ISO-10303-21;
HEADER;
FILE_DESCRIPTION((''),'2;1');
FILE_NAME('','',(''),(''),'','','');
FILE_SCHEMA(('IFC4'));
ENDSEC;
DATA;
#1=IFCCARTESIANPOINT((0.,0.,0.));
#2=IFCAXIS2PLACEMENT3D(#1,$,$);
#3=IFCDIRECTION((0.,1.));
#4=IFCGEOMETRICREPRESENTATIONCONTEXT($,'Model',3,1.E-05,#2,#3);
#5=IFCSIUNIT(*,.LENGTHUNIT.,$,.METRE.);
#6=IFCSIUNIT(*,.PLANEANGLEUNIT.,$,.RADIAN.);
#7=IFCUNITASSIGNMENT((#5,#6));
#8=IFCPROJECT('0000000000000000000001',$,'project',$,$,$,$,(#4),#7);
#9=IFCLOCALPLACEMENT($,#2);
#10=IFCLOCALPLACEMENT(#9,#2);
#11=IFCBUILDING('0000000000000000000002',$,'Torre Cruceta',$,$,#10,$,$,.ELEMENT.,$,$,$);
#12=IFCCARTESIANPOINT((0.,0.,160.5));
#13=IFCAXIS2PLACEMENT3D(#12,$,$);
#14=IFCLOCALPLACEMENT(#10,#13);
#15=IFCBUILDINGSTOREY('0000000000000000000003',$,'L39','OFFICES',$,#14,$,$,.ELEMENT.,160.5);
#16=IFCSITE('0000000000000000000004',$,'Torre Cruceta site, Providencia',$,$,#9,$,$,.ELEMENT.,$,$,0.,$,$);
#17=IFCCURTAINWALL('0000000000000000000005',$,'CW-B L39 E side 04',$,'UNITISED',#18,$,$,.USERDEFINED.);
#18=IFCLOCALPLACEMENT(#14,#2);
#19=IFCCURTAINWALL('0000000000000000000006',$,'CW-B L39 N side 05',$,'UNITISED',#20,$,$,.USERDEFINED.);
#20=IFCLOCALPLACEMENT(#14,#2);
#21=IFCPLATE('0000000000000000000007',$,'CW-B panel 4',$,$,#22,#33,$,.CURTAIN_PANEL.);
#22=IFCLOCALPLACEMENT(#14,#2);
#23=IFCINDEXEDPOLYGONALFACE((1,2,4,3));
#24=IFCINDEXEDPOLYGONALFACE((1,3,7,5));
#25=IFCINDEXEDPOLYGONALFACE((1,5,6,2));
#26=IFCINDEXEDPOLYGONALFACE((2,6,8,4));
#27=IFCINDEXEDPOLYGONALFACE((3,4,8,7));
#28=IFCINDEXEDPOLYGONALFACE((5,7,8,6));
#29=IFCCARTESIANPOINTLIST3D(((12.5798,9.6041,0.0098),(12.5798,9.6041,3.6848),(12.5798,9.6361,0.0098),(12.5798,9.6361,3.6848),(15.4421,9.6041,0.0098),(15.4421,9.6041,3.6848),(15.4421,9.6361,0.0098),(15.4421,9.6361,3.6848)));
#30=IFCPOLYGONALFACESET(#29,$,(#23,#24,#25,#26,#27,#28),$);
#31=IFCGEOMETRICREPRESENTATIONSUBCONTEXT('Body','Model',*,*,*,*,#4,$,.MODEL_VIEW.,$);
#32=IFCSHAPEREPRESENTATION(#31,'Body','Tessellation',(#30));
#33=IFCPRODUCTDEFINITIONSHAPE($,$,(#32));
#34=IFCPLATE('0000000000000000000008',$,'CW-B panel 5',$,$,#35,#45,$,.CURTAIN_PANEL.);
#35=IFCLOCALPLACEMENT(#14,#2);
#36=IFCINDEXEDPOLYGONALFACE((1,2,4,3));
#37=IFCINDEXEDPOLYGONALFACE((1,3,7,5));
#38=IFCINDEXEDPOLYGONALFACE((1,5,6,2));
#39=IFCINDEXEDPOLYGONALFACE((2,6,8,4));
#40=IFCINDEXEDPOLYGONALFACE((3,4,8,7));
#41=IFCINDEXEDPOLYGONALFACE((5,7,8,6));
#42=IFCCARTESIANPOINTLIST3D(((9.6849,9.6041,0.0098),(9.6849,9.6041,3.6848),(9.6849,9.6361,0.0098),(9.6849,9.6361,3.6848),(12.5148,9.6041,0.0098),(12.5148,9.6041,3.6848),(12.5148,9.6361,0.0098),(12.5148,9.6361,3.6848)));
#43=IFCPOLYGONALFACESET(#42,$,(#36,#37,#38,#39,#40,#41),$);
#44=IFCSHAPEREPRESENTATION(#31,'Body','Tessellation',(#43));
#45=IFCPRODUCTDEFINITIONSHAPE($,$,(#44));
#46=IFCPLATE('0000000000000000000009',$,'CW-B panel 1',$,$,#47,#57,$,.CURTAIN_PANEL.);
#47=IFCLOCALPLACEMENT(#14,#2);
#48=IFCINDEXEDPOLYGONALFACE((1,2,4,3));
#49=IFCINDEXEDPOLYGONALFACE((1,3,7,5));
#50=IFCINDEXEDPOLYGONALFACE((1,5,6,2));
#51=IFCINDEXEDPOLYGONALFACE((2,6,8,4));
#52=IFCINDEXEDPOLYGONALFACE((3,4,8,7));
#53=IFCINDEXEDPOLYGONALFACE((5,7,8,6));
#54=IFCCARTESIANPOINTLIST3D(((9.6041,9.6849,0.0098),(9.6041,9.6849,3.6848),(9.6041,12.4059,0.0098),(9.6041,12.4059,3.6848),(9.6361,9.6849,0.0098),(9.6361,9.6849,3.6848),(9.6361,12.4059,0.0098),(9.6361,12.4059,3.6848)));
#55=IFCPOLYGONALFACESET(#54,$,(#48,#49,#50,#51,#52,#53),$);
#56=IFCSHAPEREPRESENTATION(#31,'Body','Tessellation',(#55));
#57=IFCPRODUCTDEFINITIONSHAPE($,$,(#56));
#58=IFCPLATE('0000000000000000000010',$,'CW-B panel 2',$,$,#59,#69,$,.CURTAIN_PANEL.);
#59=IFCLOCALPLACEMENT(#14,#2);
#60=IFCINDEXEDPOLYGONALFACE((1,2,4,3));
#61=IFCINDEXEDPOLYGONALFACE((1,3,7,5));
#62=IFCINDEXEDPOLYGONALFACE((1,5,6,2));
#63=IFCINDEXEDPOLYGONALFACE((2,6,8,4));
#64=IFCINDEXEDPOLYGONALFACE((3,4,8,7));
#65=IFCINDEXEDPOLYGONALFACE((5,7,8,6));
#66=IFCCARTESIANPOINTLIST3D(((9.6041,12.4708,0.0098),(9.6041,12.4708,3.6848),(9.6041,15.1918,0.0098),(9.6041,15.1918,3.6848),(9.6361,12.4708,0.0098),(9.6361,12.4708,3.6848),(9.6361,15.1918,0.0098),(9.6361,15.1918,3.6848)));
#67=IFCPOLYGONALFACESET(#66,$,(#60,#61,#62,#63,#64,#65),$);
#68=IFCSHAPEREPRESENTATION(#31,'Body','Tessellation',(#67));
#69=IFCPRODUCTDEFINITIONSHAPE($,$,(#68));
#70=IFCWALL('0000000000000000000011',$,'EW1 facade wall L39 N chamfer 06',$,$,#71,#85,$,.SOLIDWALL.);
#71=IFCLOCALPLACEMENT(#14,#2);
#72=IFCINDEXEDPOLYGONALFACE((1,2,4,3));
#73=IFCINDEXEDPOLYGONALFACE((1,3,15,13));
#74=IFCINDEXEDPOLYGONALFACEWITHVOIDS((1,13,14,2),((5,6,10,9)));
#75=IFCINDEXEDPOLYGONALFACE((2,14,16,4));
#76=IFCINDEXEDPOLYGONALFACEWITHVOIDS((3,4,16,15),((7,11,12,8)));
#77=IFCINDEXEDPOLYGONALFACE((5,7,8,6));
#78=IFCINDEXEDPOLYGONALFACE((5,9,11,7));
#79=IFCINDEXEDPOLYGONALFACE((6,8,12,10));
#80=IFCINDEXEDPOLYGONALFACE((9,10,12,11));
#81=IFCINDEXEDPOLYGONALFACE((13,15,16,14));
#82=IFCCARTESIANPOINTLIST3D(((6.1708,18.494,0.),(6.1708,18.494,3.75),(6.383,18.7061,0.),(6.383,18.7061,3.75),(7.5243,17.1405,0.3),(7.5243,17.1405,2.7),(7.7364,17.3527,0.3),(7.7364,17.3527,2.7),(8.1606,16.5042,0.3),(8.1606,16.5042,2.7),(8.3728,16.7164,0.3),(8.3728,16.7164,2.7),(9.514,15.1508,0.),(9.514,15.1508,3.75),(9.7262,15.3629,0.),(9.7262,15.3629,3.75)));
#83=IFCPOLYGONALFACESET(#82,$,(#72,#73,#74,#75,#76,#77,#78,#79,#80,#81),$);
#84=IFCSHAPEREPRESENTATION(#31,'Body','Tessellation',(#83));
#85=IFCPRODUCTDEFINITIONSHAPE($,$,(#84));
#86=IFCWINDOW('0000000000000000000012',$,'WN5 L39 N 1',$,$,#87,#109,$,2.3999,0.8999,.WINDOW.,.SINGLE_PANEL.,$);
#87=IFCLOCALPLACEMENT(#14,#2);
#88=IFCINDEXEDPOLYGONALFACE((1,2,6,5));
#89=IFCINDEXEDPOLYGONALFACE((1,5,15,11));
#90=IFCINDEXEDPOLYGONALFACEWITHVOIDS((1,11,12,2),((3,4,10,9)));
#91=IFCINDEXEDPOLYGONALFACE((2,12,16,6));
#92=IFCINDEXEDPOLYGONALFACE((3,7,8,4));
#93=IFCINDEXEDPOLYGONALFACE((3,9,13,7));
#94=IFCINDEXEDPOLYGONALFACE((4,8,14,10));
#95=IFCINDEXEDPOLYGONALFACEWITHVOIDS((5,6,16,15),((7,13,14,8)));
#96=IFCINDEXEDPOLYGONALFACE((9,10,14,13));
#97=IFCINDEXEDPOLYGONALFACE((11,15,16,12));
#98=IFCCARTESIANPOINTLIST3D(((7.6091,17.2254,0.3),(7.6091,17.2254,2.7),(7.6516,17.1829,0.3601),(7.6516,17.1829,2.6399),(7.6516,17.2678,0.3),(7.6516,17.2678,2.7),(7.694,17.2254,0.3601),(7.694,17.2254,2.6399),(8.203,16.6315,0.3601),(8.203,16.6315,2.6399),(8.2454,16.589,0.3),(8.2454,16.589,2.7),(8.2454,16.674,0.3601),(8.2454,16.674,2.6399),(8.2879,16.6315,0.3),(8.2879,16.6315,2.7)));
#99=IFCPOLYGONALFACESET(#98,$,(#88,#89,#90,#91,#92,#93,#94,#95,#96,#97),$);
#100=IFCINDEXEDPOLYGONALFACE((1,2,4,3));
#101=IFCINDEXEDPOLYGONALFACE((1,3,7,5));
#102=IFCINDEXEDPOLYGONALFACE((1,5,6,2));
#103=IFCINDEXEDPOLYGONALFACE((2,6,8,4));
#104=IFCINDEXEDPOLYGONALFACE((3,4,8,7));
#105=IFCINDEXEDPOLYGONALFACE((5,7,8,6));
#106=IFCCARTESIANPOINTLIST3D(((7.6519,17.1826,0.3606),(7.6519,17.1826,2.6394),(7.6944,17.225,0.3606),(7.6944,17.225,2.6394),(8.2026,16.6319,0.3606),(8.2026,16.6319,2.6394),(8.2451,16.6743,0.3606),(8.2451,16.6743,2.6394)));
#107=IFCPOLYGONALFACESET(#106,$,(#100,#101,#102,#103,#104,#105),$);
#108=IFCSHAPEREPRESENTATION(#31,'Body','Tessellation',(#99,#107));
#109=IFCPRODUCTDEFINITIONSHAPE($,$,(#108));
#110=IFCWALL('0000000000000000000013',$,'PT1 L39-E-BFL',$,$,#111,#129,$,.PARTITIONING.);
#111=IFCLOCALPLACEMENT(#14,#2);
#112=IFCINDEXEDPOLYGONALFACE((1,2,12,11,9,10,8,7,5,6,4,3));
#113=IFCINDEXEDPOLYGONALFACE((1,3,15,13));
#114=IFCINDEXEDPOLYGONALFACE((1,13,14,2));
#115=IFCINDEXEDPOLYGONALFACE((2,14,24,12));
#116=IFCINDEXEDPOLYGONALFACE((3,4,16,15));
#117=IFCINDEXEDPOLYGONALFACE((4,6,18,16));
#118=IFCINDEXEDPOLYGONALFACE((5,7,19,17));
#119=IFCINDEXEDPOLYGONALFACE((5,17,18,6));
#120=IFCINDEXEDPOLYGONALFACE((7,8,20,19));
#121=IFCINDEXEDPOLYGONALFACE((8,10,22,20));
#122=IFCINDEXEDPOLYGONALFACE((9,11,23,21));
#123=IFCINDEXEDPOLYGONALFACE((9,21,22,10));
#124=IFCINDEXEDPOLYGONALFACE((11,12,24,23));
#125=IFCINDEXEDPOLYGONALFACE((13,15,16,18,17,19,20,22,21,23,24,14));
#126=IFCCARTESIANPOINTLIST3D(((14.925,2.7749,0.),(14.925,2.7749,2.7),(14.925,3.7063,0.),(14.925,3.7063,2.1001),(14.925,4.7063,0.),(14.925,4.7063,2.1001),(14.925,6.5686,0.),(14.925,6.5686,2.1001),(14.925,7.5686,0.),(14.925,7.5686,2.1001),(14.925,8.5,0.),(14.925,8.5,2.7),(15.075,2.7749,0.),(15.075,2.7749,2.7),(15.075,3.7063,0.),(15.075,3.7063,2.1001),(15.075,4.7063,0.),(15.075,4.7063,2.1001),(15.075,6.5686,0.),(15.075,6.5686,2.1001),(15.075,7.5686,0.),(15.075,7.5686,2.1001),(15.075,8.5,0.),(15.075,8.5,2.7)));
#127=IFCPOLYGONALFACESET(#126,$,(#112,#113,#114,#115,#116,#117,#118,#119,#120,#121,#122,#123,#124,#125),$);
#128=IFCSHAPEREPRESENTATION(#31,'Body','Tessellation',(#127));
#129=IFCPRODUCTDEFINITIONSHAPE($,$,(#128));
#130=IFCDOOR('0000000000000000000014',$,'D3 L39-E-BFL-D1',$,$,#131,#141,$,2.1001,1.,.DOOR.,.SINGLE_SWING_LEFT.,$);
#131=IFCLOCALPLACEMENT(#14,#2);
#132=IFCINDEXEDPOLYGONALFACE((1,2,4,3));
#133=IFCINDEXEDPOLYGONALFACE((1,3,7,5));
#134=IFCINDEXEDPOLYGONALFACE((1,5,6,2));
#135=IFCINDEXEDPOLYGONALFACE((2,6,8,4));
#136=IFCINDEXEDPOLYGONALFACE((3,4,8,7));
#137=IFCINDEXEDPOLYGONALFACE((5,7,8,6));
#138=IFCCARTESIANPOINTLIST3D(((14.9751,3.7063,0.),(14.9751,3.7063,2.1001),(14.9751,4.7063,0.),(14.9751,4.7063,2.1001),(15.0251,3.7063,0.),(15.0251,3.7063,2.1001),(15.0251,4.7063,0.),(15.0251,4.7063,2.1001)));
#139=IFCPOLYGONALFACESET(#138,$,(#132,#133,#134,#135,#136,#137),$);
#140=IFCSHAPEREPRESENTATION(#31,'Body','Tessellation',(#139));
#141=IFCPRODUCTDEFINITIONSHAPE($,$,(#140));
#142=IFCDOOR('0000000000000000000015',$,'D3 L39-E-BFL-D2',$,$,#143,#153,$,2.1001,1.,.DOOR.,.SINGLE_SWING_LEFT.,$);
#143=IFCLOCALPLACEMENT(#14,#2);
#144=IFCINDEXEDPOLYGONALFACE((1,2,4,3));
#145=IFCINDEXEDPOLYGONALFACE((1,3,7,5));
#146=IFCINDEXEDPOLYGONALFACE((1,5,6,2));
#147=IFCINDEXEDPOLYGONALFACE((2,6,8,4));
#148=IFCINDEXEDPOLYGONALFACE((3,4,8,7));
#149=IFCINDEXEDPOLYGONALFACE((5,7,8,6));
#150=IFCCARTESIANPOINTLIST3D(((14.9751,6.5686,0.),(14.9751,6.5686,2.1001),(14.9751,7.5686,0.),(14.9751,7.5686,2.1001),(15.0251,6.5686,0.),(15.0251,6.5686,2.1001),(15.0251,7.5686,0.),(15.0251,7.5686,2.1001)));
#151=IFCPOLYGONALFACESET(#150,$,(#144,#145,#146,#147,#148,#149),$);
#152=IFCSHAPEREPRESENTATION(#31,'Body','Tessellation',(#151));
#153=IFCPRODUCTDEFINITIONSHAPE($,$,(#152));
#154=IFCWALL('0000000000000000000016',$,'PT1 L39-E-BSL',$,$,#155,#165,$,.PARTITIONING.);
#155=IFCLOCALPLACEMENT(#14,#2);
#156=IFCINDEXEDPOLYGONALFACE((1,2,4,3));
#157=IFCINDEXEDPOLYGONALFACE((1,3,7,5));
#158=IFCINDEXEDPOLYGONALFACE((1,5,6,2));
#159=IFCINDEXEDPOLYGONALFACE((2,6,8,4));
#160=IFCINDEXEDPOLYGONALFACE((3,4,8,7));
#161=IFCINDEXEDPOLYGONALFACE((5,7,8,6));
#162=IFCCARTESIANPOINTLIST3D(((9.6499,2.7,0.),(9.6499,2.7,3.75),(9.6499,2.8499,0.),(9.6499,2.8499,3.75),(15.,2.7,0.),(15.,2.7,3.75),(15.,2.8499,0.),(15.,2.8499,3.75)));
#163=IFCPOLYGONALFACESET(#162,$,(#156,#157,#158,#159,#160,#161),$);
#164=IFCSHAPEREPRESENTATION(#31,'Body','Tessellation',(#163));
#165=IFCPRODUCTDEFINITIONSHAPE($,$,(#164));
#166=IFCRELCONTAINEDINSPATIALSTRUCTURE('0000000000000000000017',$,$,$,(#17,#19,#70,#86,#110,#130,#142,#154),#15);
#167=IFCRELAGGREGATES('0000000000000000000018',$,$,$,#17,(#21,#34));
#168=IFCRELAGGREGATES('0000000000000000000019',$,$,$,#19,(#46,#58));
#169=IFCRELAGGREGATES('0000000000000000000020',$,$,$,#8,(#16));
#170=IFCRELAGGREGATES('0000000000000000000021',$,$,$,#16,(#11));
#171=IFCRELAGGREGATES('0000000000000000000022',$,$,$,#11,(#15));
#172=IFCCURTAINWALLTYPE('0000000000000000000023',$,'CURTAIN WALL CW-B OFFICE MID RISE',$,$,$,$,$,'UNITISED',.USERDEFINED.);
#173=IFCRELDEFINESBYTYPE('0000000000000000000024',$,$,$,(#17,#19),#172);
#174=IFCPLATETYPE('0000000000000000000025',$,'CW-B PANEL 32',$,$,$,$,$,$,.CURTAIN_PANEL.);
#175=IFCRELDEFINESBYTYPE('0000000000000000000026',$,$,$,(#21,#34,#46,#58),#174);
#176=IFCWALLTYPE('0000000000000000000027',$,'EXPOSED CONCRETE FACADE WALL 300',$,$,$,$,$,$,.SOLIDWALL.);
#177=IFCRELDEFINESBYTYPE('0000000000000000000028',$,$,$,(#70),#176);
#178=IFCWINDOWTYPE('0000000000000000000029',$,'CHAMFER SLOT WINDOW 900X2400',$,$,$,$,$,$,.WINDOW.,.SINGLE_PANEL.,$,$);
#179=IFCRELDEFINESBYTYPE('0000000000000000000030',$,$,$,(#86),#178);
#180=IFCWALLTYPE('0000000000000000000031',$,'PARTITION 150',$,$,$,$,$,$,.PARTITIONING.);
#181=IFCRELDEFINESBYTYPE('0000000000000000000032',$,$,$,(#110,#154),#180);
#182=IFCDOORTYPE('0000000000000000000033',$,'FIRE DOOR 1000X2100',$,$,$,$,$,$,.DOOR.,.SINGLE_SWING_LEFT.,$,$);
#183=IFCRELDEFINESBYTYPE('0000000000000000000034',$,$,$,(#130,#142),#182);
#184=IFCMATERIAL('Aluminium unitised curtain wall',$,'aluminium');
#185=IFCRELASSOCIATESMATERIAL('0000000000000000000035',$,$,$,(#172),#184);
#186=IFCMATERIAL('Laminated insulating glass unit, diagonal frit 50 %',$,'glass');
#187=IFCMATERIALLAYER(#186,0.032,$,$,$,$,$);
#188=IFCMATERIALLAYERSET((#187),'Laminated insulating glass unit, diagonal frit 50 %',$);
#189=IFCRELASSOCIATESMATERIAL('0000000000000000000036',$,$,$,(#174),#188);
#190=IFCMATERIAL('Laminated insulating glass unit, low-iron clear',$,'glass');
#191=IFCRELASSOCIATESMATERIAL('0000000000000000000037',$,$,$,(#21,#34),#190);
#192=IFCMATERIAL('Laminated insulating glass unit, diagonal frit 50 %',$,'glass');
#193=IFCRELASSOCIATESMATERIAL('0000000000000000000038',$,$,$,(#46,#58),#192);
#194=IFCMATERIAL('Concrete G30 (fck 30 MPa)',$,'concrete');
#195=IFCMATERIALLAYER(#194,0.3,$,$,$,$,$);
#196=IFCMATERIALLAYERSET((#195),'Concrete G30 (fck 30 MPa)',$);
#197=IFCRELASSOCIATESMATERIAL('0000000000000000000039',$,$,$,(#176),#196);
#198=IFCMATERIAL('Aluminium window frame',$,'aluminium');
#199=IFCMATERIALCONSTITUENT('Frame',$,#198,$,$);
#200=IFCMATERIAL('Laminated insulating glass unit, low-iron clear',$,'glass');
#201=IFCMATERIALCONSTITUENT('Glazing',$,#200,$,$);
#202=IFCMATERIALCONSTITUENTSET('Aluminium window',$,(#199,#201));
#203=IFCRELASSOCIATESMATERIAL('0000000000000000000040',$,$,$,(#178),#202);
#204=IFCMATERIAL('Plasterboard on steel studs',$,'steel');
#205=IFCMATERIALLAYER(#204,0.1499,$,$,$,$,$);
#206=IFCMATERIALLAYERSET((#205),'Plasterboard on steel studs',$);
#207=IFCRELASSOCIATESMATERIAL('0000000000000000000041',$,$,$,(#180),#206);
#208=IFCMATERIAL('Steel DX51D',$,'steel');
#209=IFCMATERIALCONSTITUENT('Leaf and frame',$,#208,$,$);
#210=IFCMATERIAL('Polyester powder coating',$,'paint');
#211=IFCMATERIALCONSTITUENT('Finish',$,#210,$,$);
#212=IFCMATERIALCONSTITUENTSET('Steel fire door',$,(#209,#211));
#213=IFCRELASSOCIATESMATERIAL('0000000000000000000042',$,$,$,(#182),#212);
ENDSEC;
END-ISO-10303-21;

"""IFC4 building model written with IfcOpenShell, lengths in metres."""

from ifc_helpers import new_model, si_unit, direction, frame, frame_2d, origin, origin_2d, place, context, subcontext, project, spatial, rectangle, hollow_rectangle, extrude, material, layer, layer_set, constituent, constituent_set, type_object, element, fill, aggregate, save


model = new_model("IFC4")

# Units and contexts
model_context = context("Model", 3, precision=1e-05, world=origin(), true_north=direction((0.0, 1.0)))
body_context = subcontext(model_context, "Body", "Model", "MODEL_VIEW")
ifc_project = project(units=[si_unit("LENGTHUNIT", "METRE"), si_unit("PLANEANGLEUNIT", "RADIAN")], contexts=[model_context])

# Site, building, storey
site_placement = place(None, origin())
site = spatial("IfcSite", under=ifc_project, at=site_placement, Name="Torre Cruceta site, Providencia", CompositionType="ELEMENT", RefElevation=0.0)
building_placement = place(site_placement, origin())
building = spatial("IfcBuilding", under=site, at=building_placement, Name="Torre Cruceta", CompositionType="ELEMENT")
storey_placement = place(building_placement, frame((0.0, 0.0, 160.5)))
storey = spatial("IfcBuildingStorey", under=building, at=storey_placement, Name="L39", Description="OFFICES", CompositionType="ELEMENT", Elevation=160.5)

# Curtain walls
ifc_material_1 = material(Name="Aluminium unitised curtain wall", Category="aluminium")
curtain_wall_type = type_object("IfcCurtainWallType", Name="CURTAIN WALL CW-B OFFICE MID RISE", ElementType="UNITISED", PredefinedType="USERDEFINED", material=ifc_material_1)
curtain_wall_1_placement = place(storey_placement, origin())
curtain_wall_1 = element("IfcCurtainWall", 1, at=curtain_wall_1_placement, inside=storey, type_object=curtain_wall_type, Name="CW-B L39 E side 04", ObjectType="UNITISED", PredefinedType="USERDEFINED")
curtain_wall_2_placement = place(storey_placement, origin())
curtain_wall_2 = element("IfcCurtainWall", 2, at=curtain_wall_2_placement, inside=storey, type_object=curtain_wall_type, Name="CW-B L39 N side 05", ObjectType="UNITISED", PredefinedType="USERDEFINED")

# Plates
ifc_material_2 = material(Name="Laminated insulating glass unit, diagonal frit 50 %", Category="glass")
ifc_material_3 = material(Name="Laminated insulating glass unit, low-iron clear", Category="glass")
ifc_material_4 = material(Name="Laminated insulating glass unit, diagonal frit 50 %", Category="glass")
ifc_layer_1 = layer(ifc_material_4, 0.032)
ifc_layer_set_1 = layer_set([ifc_layer_1], Name="Laminated insulating glass unit, diagonal frit 50 %")
plate_type_1 = type_object("IfcPlateType", Name="CW-B PANEL 32", PredefinedType="CURTAIN_PANEL", material=ifc_layer_set_1)
plate_1_placement = place(storey_placement, frame((14.011, 9.6201, 0.0098), z_axis=(0.0, 0.0, 1.0), x_axis=(-1.0, 0.0, 0.0)))
plate_1 = element("IfcPlate", 3, at=plate_1_placement, type_object=plate_type_1, material=ifc_material_3, Name="CW-B panel 4", PredefinedType="CURTAIN_PANEL", context=body_context, shape_type="SweptSolid", body=[
    extrude(rectangle(XDim=2.8623, YDim=0.032, at=origin_2d()), origin(), (0.0, 0.0, 1.0), 3.675),
])
plate_2_placement = place(storey_placement, frame((11.0999, 9.6201, 0.0098), z_axis=(0.0, 0.0, 1.0), x_axis=(-1.0, 0.0, 0.0)))
plate_2 = element("IfcPlate", 4, at=plate_2_placement, type_object=plate_type_1, material=ifc_material_3, Name="CW-B panel 5", PredefinedType="CURTAIN_PANEL", context=body_context, shape_type="SweptSolid", body=[
    extrude(rectangle(XDim=2.8298, YDim=0.032, at=origin_2d()), origin(), (0.0, 0.0, 1.0), 3.675),
])
aggregate(curtain_wall_1, [plate_1, plate_2])
plate_3_placement = place(storey_placement, frame((9.6201, 11.0454, 0.0098), z_axis=(0.0, 0.0, 1.0), x_axis=(0.0, 1.0, 0.0)))
plate_3 = element("IfcPlate", 5, at=plate_3_placement, type_object=plate_type_1, material=ifc_material_2, Name="CW-B panel 1", PredefinedType="CURTAIN_PANEL", context=body_context, shape_type="SweptSolid", body=[
    extrude(rectangle(XDim=2.7209, YDim=0.032, at=origin_2d()), origin(), (0.0, 0.0, 1.0), 3.675),
])
plate_4_placement = place(storey_placement, frame((9.6201, 13.8313, 0.0098), z_axis=(0.0, 0.0, 1.0), x_axis=(0.0, 1.0, 0.0)))
plate_4 = element("IfcPlate", 6, at=plate_4_placement, type_object=plate_type_1, material=ifc_material_2, Name="CW-B panel 2", PredefinedType="CURTAIN_PANEL", context=body_context, shape_type="SweptSolid", body=[
    extrude(rectangle(XDim=2.7209, YDim=0.032, at=origin_2d()), origin(), (0.0, 0.0, 1.0), 3.675),
])
aggregate(curtain_wall_2, [plate_3, plate_4])

# Wall, opening, window
ifc_material_5 = material(Name="Concrete G30 (fck 30 MPa)", Category="concrete")
ifc_layer_2 = layer(ifc_material_5, 0.3)
ifc_layer_set_2 = layer_set([ifc_layer_2], Name="Concrete G30 (fck 30 MPa)")
wall_type_1 = type_object("IfcWallType", Name="EXPOSED CONCRETE FACADE WALL 300", PredefinedType="SOLIDWALL", material=ifc_layer_set_2)
wall_1_placement = place(storey_placement, frame((9.6201, 15.2568, 0.0), z_axis=(0.0, 0.0, 1.0), x_axis=(-0.707107, 0.707107, 0.0)))
wall_1 = element("IfcWall", 7, at=wall_1_placement, inside=storey, type_object=wall_type_1, Name="EW1 facade wall L39 N chamfer 06", PredefinedType="SOLIDWALL", context=body_context, shape_type="SweptSolid", body=[
    extrude(rectangle(XDim=4.728, YDim=0.3, at=frame_2d((2.364, 0.0))), origin(), (0.0, 0.0, 1.0), 3.75),
])
opening_1_placement = place(wall_1_placement, frame((1.9141, 0.0, 0.3)))
opening_1 = element("IfcOpeningElement", 8, at=opening_1_placement, cuts=wall_1, PredefinedType="OPENING", context=body_context, shape_type="SweptSolid", body=[
    extrude(rectangle(XDim=0.8999, YDim=2.3999, at=frame_2d((0.45, 1.2))), frame((0.0, 0.1599, 0.0), z_axis=(0.0, -1.0, 0.0), x_axis=(1.0, 0.0, 0.0)), (0.0, 0.0, 1.0), 0.3201),
])
ifc_material_6 = material(Name="Aluminium window frame", Category="aluminium")
ifc_constituent_1 = constituent(ifc_material_6, Name="Frame")
ifc_material_7 = material(Name="Laminated insulating glass unit, low-iron clear", Category="glass")
ifc_constituent_2 = constituent(ifc_material_7, Name="Glazing")
ifc_constituent_set_1 = constituent_set(constituents=[ifc_constituent_1, ifc_constituent_2], Name="Aluminium window")
window_type = type_object("IfcWindowType", Name="CHAMFER SLOT WINDOW 900X2400", PartitioningType="SINGLE_PANEL", PredefinedType="WINDOW", material=ifc_constituent_set_1)
window_placement = place(opening_1_placement, origin())
window = element("IfcWindow", 9, at=window_placement, inside=storey, type_object=window_type, Name="WN5 L39 N 1", OverallHeight=2.3999, OverallWidth=0.8999, PartitioningType="SINGLE_PANEL", PredefinedType="WINDOW", context=body_context, shape_type="SweptSolid", body=[
    extrude(hollow_rectangle(XDim=0.8999, YDim=2.3999, WallThickness=0.0601, at=frame_2d((0.45, 1.2))), frame((0.0, 0.03, 0.0), z_axis=(0.0, -1.0, 0.0), x_axis=(1.0, 0.0, 0.0)), (0.0, 0.0, 1.0), 0.0601),
    extrude(rectangle(XDim=0.7788, YDim=2.2788, at=frame_2d((0.45, 1.2))), frame((0.0, 0.03, 0.0), z_axis=(0.0, -1.0, 0.0), x_axis=(1.0, 0.0, 0.0)), (0.0, 0.0, 1.0), 0.0601),
])
fill(opening_1, window)

# Wall, openings, doors
ifc_material_8 = material(Name="Plasterboard on steel studs", Category="steel")
ifc_layer_3 = layer(ifc_material_8, 0.1499)
ifc_layer_set_3 = layer_set([ifc_layer_3], Name="Plasterboard on steel studs")
wall_type_2 = type_object("IfcWallType", Name="PARTITION 150", PredefinedType="PARTITIONING", material=ifc_layer_set_3)
wall_2_placement = place(storey_placement, frame((15.0, 2.7749, 0.0), z_axis=(0.0, 0.0, 1.0), x_axis=(0.0, 1.0, 0.0)))
wall_2 = element("IfcWall", 10, at=wall_2_placement, inside=storey, type_object=wall_type_2, Name="PT1 L39-E-BFL", PredefinedType="PARTITIONING", context=body_context, shape_type="SweptSolid", body=[
    extrude(rectangle(XDim=5.7251, YDim=0.1499, at=frame_2d((2.8625, 0.0))), origin(), (0.0, 0.0, 1.0), 2.7),
])
opening_2_placement = place(wall_2_placement, frame((0.9314, 0.0, 0.0)))
opening_2 = element("IfcOpeningElement", 11, at=opening_2_placement, cuts=wall_2, PredefinedType="OPENING", context=body_context, shape_type="SweptSolid", body=[
    extrude(rectangle(XDim=1.0, YDim=2.1001, at=frame_2d((0.5, 1.05))), frame((0.0, 0.085, 0.0), z_axis=(0.0, -1.0, 0.0), x_axis=(1.0, 0.0, 0.0)), (0.0, 0.0, 1.0), 0.1699),
])
opening_3_placement = place(wall_2_placement, frame((3.7937, 0.0, 0.0)))
opening_3 = element("IfcOpeningElement", 12, at=opening_3_placement, cuts=wall_2, PredefinedType="OPENING", context=body_context, shape_type="SweptSolid", body=[
    extrude(rectangle(XDim=1.0, YDim=2.1001, at=frame_2d((0.5, 1.05))), frame((0.0, 0.085, 0.0), z_axis=(0.0, -1.0, 0.0), x_axis=(1.0, 0.0, 0.0)), (0.0, 0.0, 1.0), 0.1699),
])
ifc_material_9 = material(Name="Steel DX51D", Category="steel")
ifc_constituent_3 = constituent(ifc_material_9, Name="Leaf and frame")
ifc_material_10 = material(Name="Polyester powder coating", Category="paint")
ifc_constituent_4 = constituent(ifc_material_10, Name="Finish")
ifc_constituent_set_2 = constituent_set(constituents=[ifc_constituent_3, ifc_constituent_4], Name="Steel fire door")
door_type_1 = type_object("IfcDoorType", Name="FIRE DOOR 1000X2100", OperationType="SINGLE_SWING_LEFT", PredefinedType="DOOR", material=ifc_constituent_set_2)
door_1_placement = place(opening_2_placement, origin())
door_1 = element("IfcDoor", 13, at=door_1_placement, inside=storey, type_object=door_type_1, Name="D3 L39-E-BFL-D1", OperationType="SINGLE_SWING_LEFT", OverallHeight=2.1001, OverallWidth=1.0, PredefinedType="DOOR", context=body_context, shape_type="SweptSolid", body=[
    extrude(rectangle(XDim=1.0, YDim=2.1001, at=frame_2d((0.5, 1.05))), frame((0.0, 0.0249, 0.0), z_axis=(0.0, -1.0, 0.0), x_axis=(1.0, 0.0, 0.0)), (0.0, 0.0, 1.0), 0.05),
])
fill(opening_2, door_1)
door_2_placement = place(opening_3_placement, origin())
door_2 = element("IfcDoor", 14, at=door_2_placement, inside=storey, type_object=door_type_1, Name="D3 L39-E-BFL-D2", OperationType="SINGLE_SWING_LEFT", OverallHeight=2.1001, OverallWidth=1.0, PredefinedType="DOOR", context=body_context, shape_type="SweptSolid", body=[
    extrude(rectangle(XDim=1.0, YDim=2.1001, at=frame_2d((0.5, 1.05))), frame((0.0, 0.0249, 0.0), z_axis=(0.0, -1.0, 0.0), x_axis=(1.0, 0.0, 0.0)), (0.0, 0.0, 1.0), 0.05),
])
fill(opening_3, door_2)

# Wall
wall_3_placement = place(storey_placement, frame((9.6499, 2.7749, 0.0), z_axis=(0.0, 0.0, 1.0), x_axis=(1.0, 0.0, 0.0)))
element("IfcWall", 15, at=wall_3_placement, inside=storey, type_object=wall_type_2, Name="PT1 L39-E-BSL", PredefinedType="PARTITIONING", context=body_context, shape_type="SweptSolid", body=[
    extrude(rectangle(XDim=5.3501, YDim=0.1499, at=frame_2d((2.675, 0.0))), origin(), (0.0, 0.0, 1.0), 3.75),
])

save(model, "model.ifc")
